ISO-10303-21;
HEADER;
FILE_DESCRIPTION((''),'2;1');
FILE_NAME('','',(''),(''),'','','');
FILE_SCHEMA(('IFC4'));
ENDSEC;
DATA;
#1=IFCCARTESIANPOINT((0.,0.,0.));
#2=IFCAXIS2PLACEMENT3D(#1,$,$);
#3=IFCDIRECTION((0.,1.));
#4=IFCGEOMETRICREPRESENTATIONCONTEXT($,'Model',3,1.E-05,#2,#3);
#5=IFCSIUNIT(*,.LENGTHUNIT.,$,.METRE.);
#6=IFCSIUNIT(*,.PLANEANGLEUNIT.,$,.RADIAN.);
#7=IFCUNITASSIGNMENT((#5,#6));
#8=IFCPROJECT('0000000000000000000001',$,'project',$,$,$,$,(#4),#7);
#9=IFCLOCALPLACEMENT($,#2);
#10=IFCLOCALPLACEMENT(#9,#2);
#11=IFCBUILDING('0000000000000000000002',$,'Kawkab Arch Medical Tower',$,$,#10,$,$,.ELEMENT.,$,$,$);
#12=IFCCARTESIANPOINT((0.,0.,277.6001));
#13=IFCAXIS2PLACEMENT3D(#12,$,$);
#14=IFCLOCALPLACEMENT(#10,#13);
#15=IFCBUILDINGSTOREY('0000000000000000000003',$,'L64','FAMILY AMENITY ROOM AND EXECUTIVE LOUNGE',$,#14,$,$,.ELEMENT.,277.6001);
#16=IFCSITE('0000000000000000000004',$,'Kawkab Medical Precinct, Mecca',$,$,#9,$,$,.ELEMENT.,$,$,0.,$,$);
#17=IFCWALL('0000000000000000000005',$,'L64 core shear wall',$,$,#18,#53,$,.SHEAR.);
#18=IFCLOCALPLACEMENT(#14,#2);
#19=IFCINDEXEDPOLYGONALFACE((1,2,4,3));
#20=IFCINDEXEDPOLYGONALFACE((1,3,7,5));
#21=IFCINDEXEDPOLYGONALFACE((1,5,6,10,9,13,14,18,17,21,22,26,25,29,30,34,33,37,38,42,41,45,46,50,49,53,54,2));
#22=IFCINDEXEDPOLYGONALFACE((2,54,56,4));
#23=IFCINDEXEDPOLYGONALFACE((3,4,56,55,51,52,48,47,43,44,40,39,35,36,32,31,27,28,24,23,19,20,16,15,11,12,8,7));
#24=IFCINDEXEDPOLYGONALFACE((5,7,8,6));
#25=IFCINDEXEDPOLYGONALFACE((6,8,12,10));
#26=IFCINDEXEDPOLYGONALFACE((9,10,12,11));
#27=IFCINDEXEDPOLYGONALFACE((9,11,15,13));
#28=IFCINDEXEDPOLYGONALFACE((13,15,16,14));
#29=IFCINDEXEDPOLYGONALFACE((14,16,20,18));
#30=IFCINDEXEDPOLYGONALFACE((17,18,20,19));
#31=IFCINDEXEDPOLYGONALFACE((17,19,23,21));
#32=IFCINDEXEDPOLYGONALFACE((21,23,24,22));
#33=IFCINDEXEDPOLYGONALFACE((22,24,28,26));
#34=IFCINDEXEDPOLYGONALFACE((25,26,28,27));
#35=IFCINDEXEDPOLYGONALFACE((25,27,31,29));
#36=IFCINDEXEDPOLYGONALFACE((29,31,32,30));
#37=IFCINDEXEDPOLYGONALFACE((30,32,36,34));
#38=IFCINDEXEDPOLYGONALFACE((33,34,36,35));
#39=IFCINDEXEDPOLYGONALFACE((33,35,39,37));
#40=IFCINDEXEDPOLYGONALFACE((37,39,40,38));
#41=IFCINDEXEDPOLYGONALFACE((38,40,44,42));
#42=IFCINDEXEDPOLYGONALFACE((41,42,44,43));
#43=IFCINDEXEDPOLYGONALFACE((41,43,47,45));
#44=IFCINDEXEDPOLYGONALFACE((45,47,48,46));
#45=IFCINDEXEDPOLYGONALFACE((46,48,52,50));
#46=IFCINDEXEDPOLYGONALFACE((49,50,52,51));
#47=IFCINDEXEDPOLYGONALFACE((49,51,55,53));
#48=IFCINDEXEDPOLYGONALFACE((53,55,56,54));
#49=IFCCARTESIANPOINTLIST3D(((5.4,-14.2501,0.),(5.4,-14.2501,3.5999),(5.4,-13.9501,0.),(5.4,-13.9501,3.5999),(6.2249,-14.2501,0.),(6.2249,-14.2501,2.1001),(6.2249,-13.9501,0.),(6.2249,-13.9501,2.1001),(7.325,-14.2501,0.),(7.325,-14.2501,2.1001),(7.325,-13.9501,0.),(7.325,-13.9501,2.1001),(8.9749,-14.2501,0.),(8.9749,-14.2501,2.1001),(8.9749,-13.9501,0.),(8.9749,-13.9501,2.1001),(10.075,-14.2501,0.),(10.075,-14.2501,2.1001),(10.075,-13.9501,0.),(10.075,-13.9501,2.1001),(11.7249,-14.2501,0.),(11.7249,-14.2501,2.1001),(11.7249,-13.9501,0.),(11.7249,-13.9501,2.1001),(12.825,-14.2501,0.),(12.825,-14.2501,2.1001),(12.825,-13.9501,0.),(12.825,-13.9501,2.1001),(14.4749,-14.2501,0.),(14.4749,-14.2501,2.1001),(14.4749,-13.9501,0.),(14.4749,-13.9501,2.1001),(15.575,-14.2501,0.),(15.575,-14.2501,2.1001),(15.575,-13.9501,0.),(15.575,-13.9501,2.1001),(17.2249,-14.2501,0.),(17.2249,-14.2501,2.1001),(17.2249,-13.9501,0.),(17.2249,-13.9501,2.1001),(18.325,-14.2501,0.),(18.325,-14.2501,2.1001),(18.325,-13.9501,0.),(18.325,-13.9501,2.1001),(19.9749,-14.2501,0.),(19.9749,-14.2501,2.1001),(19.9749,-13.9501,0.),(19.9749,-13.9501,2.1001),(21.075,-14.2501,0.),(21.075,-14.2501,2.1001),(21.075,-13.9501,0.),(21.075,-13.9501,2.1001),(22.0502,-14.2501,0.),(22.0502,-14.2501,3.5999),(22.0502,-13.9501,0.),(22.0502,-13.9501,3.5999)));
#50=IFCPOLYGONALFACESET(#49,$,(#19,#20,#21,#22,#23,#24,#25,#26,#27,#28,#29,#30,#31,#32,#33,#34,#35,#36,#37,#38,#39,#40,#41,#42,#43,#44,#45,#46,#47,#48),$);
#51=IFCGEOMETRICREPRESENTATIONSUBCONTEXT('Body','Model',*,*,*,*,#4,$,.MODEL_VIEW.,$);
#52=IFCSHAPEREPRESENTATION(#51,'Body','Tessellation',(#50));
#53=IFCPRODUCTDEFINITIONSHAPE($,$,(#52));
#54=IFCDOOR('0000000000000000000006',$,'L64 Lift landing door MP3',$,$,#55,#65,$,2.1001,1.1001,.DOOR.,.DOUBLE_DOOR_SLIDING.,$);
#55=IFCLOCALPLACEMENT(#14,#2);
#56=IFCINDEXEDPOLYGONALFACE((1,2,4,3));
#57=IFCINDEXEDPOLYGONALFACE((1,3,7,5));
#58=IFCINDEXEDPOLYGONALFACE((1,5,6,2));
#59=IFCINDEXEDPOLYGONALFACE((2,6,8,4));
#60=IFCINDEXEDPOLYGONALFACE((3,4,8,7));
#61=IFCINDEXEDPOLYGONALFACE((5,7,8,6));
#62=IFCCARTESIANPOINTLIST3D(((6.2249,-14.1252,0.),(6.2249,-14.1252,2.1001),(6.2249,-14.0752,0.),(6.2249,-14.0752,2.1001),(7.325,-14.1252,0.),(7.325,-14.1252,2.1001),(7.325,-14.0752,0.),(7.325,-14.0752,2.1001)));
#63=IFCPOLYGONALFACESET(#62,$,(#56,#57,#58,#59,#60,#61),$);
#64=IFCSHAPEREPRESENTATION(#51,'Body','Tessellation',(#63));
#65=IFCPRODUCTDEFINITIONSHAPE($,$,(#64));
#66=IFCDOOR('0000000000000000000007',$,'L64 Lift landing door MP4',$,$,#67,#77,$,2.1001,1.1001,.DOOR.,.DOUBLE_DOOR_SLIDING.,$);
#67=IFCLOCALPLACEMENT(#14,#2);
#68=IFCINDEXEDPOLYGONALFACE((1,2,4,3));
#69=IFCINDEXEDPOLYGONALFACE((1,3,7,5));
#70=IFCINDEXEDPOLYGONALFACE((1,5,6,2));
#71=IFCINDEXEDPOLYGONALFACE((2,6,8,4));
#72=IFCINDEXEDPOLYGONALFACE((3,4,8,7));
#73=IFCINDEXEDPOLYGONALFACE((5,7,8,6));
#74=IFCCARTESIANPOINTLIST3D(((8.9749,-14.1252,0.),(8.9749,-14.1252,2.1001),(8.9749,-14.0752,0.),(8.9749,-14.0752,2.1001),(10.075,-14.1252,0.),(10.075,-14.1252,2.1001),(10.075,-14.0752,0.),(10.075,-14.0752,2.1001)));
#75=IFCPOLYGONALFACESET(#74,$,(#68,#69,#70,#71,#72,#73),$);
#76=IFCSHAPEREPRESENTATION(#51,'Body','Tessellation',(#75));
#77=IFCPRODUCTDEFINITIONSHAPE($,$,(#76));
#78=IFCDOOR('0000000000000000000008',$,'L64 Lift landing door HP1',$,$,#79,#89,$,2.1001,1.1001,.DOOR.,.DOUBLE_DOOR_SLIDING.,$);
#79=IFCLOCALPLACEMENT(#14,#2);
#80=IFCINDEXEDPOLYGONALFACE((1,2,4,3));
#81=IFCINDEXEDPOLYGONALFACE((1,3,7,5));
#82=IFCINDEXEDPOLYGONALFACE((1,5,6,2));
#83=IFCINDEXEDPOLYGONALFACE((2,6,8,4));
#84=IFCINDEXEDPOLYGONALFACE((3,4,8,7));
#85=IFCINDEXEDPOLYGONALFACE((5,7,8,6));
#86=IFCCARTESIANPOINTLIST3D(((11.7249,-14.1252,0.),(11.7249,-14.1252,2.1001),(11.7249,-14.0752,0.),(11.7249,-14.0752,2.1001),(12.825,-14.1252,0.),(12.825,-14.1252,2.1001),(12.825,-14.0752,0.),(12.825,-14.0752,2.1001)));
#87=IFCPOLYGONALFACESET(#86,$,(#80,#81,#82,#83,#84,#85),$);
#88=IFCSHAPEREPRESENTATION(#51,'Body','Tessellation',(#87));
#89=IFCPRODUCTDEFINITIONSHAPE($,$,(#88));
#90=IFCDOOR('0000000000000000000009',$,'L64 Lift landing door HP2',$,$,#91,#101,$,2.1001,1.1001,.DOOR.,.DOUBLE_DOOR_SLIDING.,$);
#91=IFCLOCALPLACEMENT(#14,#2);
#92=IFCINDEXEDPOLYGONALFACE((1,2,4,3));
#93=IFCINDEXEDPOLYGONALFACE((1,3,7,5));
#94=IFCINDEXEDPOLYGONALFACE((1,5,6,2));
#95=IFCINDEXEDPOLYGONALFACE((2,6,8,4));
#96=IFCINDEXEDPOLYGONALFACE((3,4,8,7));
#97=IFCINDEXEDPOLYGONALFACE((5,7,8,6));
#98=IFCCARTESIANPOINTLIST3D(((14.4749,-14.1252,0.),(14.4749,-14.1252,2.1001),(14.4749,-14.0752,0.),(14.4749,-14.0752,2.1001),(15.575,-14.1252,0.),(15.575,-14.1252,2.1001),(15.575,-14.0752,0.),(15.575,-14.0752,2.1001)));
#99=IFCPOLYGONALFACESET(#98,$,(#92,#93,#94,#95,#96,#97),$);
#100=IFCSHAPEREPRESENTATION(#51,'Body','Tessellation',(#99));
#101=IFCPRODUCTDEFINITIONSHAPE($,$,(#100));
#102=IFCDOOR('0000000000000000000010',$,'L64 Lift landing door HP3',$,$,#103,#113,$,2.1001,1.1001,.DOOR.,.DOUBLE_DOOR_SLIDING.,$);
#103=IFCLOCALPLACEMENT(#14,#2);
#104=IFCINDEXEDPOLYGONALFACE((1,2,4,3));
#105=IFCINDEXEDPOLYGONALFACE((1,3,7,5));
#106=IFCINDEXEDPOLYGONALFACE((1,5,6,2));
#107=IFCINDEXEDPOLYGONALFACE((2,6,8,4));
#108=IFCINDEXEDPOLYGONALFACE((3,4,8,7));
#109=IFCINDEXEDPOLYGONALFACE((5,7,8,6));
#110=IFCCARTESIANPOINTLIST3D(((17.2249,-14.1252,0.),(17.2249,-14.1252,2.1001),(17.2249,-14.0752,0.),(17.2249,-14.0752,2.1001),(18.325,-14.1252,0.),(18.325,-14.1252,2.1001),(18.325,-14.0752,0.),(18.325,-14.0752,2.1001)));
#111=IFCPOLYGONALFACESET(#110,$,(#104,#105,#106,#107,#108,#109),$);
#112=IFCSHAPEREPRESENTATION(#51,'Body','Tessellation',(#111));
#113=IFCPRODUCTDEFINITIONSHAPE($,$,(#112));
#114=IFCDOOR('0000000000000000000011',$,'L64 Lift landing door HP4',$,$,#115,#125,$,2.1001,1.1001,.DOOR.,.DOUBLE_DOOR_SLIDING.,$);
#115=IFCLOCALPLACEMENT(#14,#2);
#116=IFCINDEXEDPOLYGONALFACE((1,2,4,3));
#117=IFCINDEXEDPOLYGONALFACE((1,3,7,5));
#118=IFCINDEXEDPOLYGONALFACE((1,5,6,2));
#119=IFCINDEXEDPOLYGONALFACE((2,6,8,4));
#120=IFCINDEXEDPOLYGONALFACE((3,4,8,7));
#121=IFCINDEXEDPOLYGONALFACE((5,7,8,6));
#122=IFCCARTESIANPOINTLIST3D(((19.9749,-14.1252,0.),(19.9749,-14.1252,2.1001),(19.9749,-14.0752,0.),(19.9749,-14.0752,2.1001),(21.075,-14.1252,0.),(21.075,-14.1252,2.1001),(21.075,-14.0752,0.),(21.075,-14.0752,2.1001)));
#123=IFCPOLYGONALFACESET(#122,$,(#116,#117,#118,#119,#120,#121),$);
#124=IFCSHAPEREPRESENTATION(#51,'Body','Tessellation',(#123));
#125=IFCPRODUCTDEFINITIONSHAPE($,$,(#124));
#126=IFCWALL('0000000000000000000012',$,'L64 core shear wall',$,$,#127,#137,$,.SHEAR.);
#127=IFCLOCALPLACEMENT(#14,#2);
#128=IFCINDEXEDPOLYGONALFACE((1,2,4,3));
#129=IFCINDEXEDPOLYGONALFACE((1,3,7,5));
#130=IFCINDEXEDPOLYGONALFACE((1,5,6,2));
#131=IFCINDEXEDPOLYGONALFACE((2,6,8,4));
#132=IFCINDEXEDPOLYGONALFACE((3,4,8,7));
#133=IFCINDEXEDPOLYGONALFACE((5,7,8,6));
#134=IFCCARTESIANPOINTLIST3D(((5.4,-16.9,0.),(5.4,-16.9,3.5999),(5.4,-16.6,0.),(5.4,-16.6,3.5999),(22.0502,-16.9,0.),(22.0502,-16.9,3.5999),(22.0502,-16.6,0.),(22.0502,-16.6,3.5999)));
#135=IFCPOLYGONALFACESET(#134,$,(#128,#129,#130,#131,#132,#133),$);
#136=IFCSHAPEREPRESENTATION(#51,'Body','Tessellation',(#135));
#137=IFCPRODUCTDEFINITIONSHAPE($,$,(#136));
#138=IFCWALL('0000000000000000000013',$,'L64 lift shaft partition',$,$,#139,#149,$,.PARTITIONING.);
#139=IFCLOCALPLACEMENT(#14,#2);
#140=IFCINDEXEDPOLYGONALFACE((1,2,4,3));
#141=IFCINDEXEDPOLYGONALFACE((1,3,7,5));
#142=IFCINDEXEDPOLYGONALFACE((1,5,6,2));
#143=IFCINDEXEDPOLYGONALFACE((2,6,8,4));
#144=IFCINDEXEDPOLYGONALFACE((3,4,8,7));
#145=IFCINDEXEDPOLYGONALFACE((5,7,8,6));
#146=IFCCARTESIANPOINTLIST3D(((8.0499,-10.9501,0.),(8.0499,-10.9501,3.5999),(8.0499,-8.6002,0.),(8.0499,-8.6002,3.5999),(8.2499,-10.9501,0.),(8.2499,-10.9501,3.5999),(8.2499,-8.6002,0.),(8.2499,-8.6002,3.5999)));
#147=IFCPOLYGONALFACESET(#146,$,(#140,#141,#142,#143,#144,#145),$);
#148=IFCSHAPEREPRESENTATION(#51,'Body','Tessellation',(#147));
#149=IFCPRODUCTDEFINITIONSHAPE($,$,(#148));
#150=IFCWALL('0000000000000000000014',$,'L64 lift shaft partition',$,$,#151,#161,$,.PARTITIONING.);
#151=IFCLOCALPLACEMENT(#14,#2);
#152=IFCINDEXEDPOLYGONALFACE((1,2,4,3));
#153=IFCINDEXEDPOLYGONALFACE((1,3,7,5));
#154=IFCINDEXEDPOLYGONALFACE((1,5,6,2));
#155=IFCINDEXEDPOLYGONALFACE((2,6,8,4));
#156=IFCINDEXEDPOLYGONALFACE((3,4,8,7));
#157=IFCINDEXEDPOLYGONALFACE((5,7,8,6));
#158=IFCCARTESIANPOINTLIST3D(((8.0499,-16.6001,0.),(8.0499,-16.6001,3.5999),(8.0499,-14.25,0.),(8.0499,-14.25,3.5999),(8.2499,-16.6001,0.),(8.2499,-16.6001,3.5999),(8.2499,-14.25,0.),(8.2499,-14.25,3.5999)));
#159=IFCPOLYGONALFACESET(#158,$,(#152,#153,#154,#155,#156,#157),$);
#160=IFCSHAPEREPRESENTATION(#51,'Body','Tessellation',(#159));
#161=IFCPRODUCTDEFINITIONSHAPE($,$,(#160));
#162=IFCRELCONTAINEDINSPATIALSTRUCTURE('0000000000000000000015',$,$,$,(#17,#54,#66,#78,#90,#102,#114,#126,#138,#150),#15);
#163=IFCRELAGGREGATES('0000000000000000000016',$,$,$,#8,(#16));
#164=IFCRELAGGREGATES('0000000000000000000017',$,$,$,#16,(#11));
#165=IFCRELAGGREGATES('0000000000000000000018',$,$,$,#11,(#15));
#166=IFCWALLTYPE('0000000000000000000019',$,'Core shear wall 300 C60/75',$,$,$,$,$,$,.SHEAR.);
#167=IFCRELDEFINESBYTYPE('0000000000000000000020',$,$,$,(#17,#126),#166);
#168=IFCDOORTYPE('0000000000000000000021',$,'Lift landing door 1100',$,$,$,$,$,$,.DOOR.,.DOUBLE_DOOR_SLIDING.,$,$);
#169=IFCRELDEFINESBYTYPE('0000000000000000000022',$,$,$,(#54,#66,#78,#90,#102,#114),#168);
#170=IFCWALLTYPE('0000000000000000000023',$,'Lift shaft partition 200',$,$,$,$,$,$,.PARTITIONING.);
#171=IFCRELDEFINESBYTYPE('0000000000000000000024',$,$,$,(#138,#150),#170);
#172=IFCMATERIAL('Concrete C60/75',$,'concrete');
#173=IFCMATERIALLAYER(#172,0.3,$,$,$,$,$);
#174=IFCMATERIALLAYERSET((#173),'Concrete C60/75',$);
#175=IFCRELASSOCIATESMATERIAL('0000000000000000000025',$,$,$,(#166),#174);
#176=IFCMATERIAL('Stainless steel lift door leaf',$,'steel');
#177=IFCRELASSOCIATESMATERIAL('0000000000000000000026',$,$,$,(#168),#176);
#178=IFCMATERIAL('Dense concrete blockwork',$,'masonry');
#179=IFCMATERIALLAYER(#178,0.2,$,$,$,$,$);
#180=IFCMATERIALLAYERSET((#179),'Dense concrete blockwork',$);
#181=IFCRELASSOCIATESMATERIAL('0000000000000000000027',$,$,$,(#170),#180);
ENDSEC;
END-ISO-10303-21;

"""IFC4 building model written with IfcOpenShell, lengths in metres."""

from ifc_helpers import new_model, si_unit, direction, frame, frame_2d, origin, place, context, subcontext, project, spatial, rectangle, extrude, material, layer, layer_set, type_object, element, fill, save


model = new_model("IFC4")

# Units and contexts
model_context = context("Model", 3, precision=1e-05, world=origin(), true_north=direction((0.0, 1.0)))
body_context = subcontext(model_context, "Body", "Model", "MODEL_VIEW")
ifc_project = project(units=[si_unit("LENGTHUNIT", "METRE"), si_unit("PLANEANGLEUNIT", "RADIAN")], contexts=[model_context])

# Site, building, storey
site_placement = place(None, origin())
site = spatial("IfcSite", under=ifc_project, at=site_placement, Name="Kawkab Medical Precinct, Mecca", CompositionType="ELEMENT", RefElevation=0.0)
building_placement = place(site_placement, origin())
building = spatial("IfcBuilding", under=site, at=building_placement, Name="Kawkab Arch Medical Tower", CompositionType="ELEMENT")
storey_placement = place(building_placement, frame((0.0, 0.0, 277.6001)))
storey = spatial("IfcBuildingStorey", under=building, at=storey_placement, Name="L64", Description="FAMILY AMENITY ROOM AND EXECUTIVE LOUNGE", CompositionType="ELEMENT", Elevation=277.6001)

# Shared definitions
ifc_material_1 = material(Name="Concrete C60/75", Category="concrete")
ifc_layer_1 = layer(ifc_material_1, 0.3)
ifc_layer_set_1 = layer_set([ifc_layer_1], Name="Concrete C60/75")
wall_type_1 = type_object("IfcWallType", Name="Core shear wall 300 C60/75", PredefinedType="SHEAR", material=ifc_layer_set_1)

# Wall, openings, doors
ifc_material_2 = material(Name="Stainless steel lift door leaf", Category="steel")
door_type_1 = type_object("IfcDoorType", Name="Lift landing door 1100", OperationType="DOUBLE_DOOR_SLIDING", PredefinedType="DOOR", material=ifc_material_2)
wall_1_placement = place(storey_placement, frame((5.3999, -14.1001, 0.0), z_axis=(0.0, 0.0, 1.0), x_axis=(1.0, 0.0, 0.0)))
wall_1 = element("IfcWall", 1, at=wall_1_placement, inside=storey, type_object=wall_type_1, Name="L64 core shear wall", PredefinedType="SHEAR", context=body_context, shape_type="SweptSolid", body=[
    extrude(rectangle(XDim=16.6501, YDim=0.3, at=frame_2d((8.3252, 0.0))), origin(), (0.0, 0.0, 1.0), 3.5999),
])
opening_1_placement = place(wall_1_placement, frame((0.825, 0.0, 0.0)))
opening_1 = element("IfcOpeningElement", 2, at=opening_1_placement, cuts=wall_1, PredefinedType="OPENING", context=body_context, shape_type="SweptSolid", body=[
    extrude(rectangle(XDim=1.1001, YDim=2.1001, at=frame_2d((0.55, 1.05))), frame((0.0, 0.1599, 0.0), z_axis=(0.0, -1.0, 0.0), x_axis=(1.0, 0.0, 0.0)), (0.0, 0.0, 1.0), 0.3201),
])
opening_2_placement = place(wall_1_placement, frame((3.575, 0.0, 0.0)))
opening_2 = element("IfcOpeningElement", 3, at=opening_2_placement, cuts=wall_1, PredefinedType="OPENING", context=body_context, shape_type="SweptSolid", body=[
    extrude(rectangle(XDim=1.1001, YDim=2.1001, at=frame_2d((0.55, 1.05))), frame((0.0, 0.1599, 0.0), z_axis=(0.0, -1.0, 0.0), x_axis=(1.0, 0.0, 0.0)), (0.0, 0.0, 1.0), 0.3201),
])
opening_3_placement = place(wall_1_placement, frame((6.325, 0.0, 0.0)))
opening_3 = element("IfcOpeningElement", 4, at=opening_3_placement, cuts=wall_1, PredefinedType="OPENING", context=body_context, shape_type="SweptSolid", body=[
    extrude(rectangle(XDim=1.1001, YDim=2.1001, at=frame_2d((0.55, 1.05))), frame((0.0, 0.1599, 0.0), z_axis=(0.0, -1.0, 0.0), x_axis=(1.0, 0.0, 0.0)), (0.0, 0.0, 1.0), 0.3201),
])
opening_4_placement = place(wall_1_placement, frame((9.075, 0.0, 0.0)))
opening_4 = element("IfcOpeningElement", 5, at=opening_4_placement, cuts=wall_1, PredefinedType="OPENING", context=body_context, shape_type="SweptSolid", body=[
    extrude(rectangle(XDim=1.1001, YDim=2.1001, at=frame_2d((0.55, 1.05))), frame((0.0, 0.1599, 0.0), z_axis=(0.0, -1.0, 0.0), x_axis=(1.0, 0.0, 0.0)), (0.0, 0.0, 1.0), 0.3201),
])
opening_5_placement = place(wall_1_placement, frame((11.825, 0.0, 0.0)))
opening_5 = element("IfcOpeningElement", 6, at=opening_5_placement, cuts=wall_1, PredefinedType="OPENING", context=body_context, shape_type="SweptSolid", body=[
    extrude(rectangle(XDim=1.1001, YDim=2.1001, at=frame_2d((0.55, 1.05))), frame((0.0, 0.1599, 0.0), z_axis=(0.0, -1.0, 0.0), x_axis=(1.0, 0.0, 0.0)), (0.0, 0.0, 1.0), 0.3201),
])
opening_6_placement = place(wall_1_placement, frame((14.575, 0.0, 0.0)))
opening_6 = element("IfcOpeningElement", 7, at=opening_6_placement, cuts=wall_1, PredefinedType="OPENING", context=body_context, shape_type="SweptSolid", body=[
    extrude(rectangle(XDim=1.1001, YDim=2.1001, at=frame_2d((0.55, 1.05))), frame((0.0, 0.1599, 0.0), z_axis=(0.0, -1.0, 0.0), x_axis=(1.0, 0.0, 0.0)), (0.0, 0.0, 1.0), 0.3201),
])
door_1_placement = place(opening_1_placement, origin())
door_1 = element("IfcDoor", 8, at=door_1_placement, inside=storey, type_object=door_type_1, Name="L64 Lift landing door MP3", OperationType="DOUBLE_DOOR_SLIDING", OverallHeight=2.1001, OverallWidth=1.1001, PredefinedType="DOOR", context=body_context, shape_type="SweptSolid", body=[
    extrude(rectangle(XDim=1.1001, YDim=2.1001, at=frame_2d((0.55, 1.05))), frame((0.0, 0.0249, 0.0), z_axis=(0.0, -1.0, 0.0), x_axis=(1.0, 0.0, 0.0)), (0.0, 0.0, 1.0), 0.05),
])
fill(opening_1, door_1)
door_2_placement = place(opening_2_placement, origin())
door_2 = element("IfcDoor", 9, at=door_2_placement, inside=storey, type_object=door_type_1, Name="L64 Lift landing door MP4", OperationType="DOUBLE_DOOR_SLIDING", OverallHeight=2.1001, OverallWidth=1.1001, PredefinedType="DOOR", context=body_context, shape_type="SweptSolid", body=[
    extrude(rectangle(XDim=1.1001, YDim=2.1001, at=frame_2d((0.55, 1.05))), frame((0.0, 0.0249, 0.0), z_axis=(0.0, -1.0, 0.0), x_axis=(1.0, 0.0, 0.0)), (0.0, 0.0, 1.0), 0.05),
])
fill(opening_2, door_2)
door_3_placement = place(opening_3_placement, origin())
door_3 = element("IfcDoor", 10, at=door_3_placement, inside=storey, type_object=door_type_1, Name="L64 Lift landing door HP1", OperationType="DOUBLE_DOOR_SLIDING", OverallHeight=2.1001, OverallWidth=1.1001, PredefinedType="DOOR", context=body_context, shape_type="SweptSolid", body=[
    extrude(rectangle(XDim=1.1001, YDim=2.1001, at=frame_2d((0.55, 1.05))), frame((0.0, 0.0249, 0.0), z_axis=(0.0, -1.0, 0.0), x_axis=(1.0, 0.0, 0.0)), (0.0, 0.0, 1.0), 0.05),
])
fill(opening_3, door_3)
door_4_placement = place(opening_4_placement, origin())
door_4 = element("IfcDoor", 11, at=door_4_placement, inside=storey, type_object=door_type_1, Name="L64 Lift landing door HP2", OperationType="DOUBLE_DOOR_SLIDING", OverallHeight=2.1001, OverallWidth=1.1001, PredefinedType="DOOR", context=body_context, shape_type="SweptSolid", body=[
    extrude(rectangle(XDim=1.1001, YDim=2.1001, at=frame_2d((0.55, 1.05))), frame((0.0, 0.0249, 0.0), z_axis=(0.0, -1.0, 0.0), x_axis=(1.0, 0.0, 0.0)), (0.0, 0.0, 1.0), 0.05),
])
fill(opening_4, door_4)
door_5_placement = place(opening_5_placement, origin())
door_5 = element("IfcDoor", 12, at=door_5_placement, inside=storey, type_object=door_type_1, Name="L64 Lift landing door HP3", OperationType="DOUBLE_DOOR_SLIDING", OverallHeight=2.1001, OverallWidth=1.1001, PredefinedType="DOOR", context=body_context, shape_type="SweptSolid", body=[
    extrude(rectangle(XDim=1.1001, YDim=2.1001, at=frame_2d((0.55, 1.05))), frame((0.0, 0.0249, 0.0), z_axis=(0.0, -1.0, 0.0), x_axis=(1.0, 0.0, 0.0)), (0.0, 0.0, 1.0), 0.05),
])
fill(opening_5, door_5)
door_6_placement = place(opening_6_placement, origin())
door_6 = element("IfcDoor", 13, at=door_6_placement, inside=storey, type_object=door_type_1, Name="L64 Lift landing door HP4", OperationType="DOUBLE_DOOR_SLIDING", OverallHeight=2.1001, OverallWidth=1.1001, PredefinedType="DOOR", context=body_context, shape_type="SweptSolid", body=[
    extrude(rectangle(XDim=1.1001, YDim=2.1001, at=frame_2d((0.55, 1.05))), frame((0.0, 0.0249, 0.0), z_axis=(0.0, -1.0, 0.0), x_axis=(1.0, 0.0, 0.0)), (0.0, 0.0, 1.0), 0.05),
])
fill(opening_6, door_6)

# Walls
wall_2_placement = place(storey_placement, frame((5.3999, -16.75, 0.0), z_axis=(0.0, 0.0, 1.0), x_axis=(1.0, 0.0, 0.0)))
element("IfcWall", 14, at=wall_2_placement, inside=storey, type_object=wall_type_1, Name="L64 core shear wall", PredefinedType="SHEAR", context=body_context, shape_type="SweptSolid", body=[
    extrude(rectangle(XDim=16.6501, YDim=0.3, at=frame_2d((8.3252, 0.0))), origin(), (0.0, 0.0, 1.0), 3.5999),
])
ifc_material_3 = material(Name="Dense concrete blockwork", Category="masonry")
ifc_layer_2 = layer(ifc_material_3, 0.2)
ifc_layer_set_2 = layer_set([ifc_layer_2], Name="Dense concrete blockwork")
wall_type_2 = type_object("IfcWallType", Name="Lift shaft partition 200", PredefinedType="PARTITIONING", material=ifc_layer_set_2)
wall_3_placement = place(storey_placement, frame((8.1499, -10.95, 0.0), z_axis=(0.0, 0.0, 1.0), x_axis=(0.0, 1.0, 0.0)))
element("IfcWall", 15, at=wall_3_placement, inside=storey, type_object=wall_type_2, Name="L64 lift shaft partition", PredefinedType="PARTITIONING", context=body_context, shape_type="SweptSolid", body=[
    extrude(rectangle(XDim=2.3499, YDim=0.2, at=frame_2d((1.1748, 0.0))), origin(), (0.0, 0.0, 1.0), 3.5999),
])
for number, where, z_axis, x_axis, name in (
    (16, (8.1499, -16.6001, 0.0), (0.0, 0.0, 1.0), (0.0, 1.0, 0.0), "L64 lift shaft partition"),
):
    element("IfcWall", number, at=place(storey_placement, frame(where, z_axis=z_axis, x_axis=x_axis)), inside=storey, type_object=wall_type_2, Name=name, PredefinedType="PARTITIONING", context=body_context, shape_type="SweptSolid", body=[
        extrude(rectangle(XDim=2.3501, YDim=0.2, at=frame_2d((1.175, 0.0))), origin(), (0.0, 0.0, 1.0), 3.5999),
    ])

save(model, "model.ifc")
